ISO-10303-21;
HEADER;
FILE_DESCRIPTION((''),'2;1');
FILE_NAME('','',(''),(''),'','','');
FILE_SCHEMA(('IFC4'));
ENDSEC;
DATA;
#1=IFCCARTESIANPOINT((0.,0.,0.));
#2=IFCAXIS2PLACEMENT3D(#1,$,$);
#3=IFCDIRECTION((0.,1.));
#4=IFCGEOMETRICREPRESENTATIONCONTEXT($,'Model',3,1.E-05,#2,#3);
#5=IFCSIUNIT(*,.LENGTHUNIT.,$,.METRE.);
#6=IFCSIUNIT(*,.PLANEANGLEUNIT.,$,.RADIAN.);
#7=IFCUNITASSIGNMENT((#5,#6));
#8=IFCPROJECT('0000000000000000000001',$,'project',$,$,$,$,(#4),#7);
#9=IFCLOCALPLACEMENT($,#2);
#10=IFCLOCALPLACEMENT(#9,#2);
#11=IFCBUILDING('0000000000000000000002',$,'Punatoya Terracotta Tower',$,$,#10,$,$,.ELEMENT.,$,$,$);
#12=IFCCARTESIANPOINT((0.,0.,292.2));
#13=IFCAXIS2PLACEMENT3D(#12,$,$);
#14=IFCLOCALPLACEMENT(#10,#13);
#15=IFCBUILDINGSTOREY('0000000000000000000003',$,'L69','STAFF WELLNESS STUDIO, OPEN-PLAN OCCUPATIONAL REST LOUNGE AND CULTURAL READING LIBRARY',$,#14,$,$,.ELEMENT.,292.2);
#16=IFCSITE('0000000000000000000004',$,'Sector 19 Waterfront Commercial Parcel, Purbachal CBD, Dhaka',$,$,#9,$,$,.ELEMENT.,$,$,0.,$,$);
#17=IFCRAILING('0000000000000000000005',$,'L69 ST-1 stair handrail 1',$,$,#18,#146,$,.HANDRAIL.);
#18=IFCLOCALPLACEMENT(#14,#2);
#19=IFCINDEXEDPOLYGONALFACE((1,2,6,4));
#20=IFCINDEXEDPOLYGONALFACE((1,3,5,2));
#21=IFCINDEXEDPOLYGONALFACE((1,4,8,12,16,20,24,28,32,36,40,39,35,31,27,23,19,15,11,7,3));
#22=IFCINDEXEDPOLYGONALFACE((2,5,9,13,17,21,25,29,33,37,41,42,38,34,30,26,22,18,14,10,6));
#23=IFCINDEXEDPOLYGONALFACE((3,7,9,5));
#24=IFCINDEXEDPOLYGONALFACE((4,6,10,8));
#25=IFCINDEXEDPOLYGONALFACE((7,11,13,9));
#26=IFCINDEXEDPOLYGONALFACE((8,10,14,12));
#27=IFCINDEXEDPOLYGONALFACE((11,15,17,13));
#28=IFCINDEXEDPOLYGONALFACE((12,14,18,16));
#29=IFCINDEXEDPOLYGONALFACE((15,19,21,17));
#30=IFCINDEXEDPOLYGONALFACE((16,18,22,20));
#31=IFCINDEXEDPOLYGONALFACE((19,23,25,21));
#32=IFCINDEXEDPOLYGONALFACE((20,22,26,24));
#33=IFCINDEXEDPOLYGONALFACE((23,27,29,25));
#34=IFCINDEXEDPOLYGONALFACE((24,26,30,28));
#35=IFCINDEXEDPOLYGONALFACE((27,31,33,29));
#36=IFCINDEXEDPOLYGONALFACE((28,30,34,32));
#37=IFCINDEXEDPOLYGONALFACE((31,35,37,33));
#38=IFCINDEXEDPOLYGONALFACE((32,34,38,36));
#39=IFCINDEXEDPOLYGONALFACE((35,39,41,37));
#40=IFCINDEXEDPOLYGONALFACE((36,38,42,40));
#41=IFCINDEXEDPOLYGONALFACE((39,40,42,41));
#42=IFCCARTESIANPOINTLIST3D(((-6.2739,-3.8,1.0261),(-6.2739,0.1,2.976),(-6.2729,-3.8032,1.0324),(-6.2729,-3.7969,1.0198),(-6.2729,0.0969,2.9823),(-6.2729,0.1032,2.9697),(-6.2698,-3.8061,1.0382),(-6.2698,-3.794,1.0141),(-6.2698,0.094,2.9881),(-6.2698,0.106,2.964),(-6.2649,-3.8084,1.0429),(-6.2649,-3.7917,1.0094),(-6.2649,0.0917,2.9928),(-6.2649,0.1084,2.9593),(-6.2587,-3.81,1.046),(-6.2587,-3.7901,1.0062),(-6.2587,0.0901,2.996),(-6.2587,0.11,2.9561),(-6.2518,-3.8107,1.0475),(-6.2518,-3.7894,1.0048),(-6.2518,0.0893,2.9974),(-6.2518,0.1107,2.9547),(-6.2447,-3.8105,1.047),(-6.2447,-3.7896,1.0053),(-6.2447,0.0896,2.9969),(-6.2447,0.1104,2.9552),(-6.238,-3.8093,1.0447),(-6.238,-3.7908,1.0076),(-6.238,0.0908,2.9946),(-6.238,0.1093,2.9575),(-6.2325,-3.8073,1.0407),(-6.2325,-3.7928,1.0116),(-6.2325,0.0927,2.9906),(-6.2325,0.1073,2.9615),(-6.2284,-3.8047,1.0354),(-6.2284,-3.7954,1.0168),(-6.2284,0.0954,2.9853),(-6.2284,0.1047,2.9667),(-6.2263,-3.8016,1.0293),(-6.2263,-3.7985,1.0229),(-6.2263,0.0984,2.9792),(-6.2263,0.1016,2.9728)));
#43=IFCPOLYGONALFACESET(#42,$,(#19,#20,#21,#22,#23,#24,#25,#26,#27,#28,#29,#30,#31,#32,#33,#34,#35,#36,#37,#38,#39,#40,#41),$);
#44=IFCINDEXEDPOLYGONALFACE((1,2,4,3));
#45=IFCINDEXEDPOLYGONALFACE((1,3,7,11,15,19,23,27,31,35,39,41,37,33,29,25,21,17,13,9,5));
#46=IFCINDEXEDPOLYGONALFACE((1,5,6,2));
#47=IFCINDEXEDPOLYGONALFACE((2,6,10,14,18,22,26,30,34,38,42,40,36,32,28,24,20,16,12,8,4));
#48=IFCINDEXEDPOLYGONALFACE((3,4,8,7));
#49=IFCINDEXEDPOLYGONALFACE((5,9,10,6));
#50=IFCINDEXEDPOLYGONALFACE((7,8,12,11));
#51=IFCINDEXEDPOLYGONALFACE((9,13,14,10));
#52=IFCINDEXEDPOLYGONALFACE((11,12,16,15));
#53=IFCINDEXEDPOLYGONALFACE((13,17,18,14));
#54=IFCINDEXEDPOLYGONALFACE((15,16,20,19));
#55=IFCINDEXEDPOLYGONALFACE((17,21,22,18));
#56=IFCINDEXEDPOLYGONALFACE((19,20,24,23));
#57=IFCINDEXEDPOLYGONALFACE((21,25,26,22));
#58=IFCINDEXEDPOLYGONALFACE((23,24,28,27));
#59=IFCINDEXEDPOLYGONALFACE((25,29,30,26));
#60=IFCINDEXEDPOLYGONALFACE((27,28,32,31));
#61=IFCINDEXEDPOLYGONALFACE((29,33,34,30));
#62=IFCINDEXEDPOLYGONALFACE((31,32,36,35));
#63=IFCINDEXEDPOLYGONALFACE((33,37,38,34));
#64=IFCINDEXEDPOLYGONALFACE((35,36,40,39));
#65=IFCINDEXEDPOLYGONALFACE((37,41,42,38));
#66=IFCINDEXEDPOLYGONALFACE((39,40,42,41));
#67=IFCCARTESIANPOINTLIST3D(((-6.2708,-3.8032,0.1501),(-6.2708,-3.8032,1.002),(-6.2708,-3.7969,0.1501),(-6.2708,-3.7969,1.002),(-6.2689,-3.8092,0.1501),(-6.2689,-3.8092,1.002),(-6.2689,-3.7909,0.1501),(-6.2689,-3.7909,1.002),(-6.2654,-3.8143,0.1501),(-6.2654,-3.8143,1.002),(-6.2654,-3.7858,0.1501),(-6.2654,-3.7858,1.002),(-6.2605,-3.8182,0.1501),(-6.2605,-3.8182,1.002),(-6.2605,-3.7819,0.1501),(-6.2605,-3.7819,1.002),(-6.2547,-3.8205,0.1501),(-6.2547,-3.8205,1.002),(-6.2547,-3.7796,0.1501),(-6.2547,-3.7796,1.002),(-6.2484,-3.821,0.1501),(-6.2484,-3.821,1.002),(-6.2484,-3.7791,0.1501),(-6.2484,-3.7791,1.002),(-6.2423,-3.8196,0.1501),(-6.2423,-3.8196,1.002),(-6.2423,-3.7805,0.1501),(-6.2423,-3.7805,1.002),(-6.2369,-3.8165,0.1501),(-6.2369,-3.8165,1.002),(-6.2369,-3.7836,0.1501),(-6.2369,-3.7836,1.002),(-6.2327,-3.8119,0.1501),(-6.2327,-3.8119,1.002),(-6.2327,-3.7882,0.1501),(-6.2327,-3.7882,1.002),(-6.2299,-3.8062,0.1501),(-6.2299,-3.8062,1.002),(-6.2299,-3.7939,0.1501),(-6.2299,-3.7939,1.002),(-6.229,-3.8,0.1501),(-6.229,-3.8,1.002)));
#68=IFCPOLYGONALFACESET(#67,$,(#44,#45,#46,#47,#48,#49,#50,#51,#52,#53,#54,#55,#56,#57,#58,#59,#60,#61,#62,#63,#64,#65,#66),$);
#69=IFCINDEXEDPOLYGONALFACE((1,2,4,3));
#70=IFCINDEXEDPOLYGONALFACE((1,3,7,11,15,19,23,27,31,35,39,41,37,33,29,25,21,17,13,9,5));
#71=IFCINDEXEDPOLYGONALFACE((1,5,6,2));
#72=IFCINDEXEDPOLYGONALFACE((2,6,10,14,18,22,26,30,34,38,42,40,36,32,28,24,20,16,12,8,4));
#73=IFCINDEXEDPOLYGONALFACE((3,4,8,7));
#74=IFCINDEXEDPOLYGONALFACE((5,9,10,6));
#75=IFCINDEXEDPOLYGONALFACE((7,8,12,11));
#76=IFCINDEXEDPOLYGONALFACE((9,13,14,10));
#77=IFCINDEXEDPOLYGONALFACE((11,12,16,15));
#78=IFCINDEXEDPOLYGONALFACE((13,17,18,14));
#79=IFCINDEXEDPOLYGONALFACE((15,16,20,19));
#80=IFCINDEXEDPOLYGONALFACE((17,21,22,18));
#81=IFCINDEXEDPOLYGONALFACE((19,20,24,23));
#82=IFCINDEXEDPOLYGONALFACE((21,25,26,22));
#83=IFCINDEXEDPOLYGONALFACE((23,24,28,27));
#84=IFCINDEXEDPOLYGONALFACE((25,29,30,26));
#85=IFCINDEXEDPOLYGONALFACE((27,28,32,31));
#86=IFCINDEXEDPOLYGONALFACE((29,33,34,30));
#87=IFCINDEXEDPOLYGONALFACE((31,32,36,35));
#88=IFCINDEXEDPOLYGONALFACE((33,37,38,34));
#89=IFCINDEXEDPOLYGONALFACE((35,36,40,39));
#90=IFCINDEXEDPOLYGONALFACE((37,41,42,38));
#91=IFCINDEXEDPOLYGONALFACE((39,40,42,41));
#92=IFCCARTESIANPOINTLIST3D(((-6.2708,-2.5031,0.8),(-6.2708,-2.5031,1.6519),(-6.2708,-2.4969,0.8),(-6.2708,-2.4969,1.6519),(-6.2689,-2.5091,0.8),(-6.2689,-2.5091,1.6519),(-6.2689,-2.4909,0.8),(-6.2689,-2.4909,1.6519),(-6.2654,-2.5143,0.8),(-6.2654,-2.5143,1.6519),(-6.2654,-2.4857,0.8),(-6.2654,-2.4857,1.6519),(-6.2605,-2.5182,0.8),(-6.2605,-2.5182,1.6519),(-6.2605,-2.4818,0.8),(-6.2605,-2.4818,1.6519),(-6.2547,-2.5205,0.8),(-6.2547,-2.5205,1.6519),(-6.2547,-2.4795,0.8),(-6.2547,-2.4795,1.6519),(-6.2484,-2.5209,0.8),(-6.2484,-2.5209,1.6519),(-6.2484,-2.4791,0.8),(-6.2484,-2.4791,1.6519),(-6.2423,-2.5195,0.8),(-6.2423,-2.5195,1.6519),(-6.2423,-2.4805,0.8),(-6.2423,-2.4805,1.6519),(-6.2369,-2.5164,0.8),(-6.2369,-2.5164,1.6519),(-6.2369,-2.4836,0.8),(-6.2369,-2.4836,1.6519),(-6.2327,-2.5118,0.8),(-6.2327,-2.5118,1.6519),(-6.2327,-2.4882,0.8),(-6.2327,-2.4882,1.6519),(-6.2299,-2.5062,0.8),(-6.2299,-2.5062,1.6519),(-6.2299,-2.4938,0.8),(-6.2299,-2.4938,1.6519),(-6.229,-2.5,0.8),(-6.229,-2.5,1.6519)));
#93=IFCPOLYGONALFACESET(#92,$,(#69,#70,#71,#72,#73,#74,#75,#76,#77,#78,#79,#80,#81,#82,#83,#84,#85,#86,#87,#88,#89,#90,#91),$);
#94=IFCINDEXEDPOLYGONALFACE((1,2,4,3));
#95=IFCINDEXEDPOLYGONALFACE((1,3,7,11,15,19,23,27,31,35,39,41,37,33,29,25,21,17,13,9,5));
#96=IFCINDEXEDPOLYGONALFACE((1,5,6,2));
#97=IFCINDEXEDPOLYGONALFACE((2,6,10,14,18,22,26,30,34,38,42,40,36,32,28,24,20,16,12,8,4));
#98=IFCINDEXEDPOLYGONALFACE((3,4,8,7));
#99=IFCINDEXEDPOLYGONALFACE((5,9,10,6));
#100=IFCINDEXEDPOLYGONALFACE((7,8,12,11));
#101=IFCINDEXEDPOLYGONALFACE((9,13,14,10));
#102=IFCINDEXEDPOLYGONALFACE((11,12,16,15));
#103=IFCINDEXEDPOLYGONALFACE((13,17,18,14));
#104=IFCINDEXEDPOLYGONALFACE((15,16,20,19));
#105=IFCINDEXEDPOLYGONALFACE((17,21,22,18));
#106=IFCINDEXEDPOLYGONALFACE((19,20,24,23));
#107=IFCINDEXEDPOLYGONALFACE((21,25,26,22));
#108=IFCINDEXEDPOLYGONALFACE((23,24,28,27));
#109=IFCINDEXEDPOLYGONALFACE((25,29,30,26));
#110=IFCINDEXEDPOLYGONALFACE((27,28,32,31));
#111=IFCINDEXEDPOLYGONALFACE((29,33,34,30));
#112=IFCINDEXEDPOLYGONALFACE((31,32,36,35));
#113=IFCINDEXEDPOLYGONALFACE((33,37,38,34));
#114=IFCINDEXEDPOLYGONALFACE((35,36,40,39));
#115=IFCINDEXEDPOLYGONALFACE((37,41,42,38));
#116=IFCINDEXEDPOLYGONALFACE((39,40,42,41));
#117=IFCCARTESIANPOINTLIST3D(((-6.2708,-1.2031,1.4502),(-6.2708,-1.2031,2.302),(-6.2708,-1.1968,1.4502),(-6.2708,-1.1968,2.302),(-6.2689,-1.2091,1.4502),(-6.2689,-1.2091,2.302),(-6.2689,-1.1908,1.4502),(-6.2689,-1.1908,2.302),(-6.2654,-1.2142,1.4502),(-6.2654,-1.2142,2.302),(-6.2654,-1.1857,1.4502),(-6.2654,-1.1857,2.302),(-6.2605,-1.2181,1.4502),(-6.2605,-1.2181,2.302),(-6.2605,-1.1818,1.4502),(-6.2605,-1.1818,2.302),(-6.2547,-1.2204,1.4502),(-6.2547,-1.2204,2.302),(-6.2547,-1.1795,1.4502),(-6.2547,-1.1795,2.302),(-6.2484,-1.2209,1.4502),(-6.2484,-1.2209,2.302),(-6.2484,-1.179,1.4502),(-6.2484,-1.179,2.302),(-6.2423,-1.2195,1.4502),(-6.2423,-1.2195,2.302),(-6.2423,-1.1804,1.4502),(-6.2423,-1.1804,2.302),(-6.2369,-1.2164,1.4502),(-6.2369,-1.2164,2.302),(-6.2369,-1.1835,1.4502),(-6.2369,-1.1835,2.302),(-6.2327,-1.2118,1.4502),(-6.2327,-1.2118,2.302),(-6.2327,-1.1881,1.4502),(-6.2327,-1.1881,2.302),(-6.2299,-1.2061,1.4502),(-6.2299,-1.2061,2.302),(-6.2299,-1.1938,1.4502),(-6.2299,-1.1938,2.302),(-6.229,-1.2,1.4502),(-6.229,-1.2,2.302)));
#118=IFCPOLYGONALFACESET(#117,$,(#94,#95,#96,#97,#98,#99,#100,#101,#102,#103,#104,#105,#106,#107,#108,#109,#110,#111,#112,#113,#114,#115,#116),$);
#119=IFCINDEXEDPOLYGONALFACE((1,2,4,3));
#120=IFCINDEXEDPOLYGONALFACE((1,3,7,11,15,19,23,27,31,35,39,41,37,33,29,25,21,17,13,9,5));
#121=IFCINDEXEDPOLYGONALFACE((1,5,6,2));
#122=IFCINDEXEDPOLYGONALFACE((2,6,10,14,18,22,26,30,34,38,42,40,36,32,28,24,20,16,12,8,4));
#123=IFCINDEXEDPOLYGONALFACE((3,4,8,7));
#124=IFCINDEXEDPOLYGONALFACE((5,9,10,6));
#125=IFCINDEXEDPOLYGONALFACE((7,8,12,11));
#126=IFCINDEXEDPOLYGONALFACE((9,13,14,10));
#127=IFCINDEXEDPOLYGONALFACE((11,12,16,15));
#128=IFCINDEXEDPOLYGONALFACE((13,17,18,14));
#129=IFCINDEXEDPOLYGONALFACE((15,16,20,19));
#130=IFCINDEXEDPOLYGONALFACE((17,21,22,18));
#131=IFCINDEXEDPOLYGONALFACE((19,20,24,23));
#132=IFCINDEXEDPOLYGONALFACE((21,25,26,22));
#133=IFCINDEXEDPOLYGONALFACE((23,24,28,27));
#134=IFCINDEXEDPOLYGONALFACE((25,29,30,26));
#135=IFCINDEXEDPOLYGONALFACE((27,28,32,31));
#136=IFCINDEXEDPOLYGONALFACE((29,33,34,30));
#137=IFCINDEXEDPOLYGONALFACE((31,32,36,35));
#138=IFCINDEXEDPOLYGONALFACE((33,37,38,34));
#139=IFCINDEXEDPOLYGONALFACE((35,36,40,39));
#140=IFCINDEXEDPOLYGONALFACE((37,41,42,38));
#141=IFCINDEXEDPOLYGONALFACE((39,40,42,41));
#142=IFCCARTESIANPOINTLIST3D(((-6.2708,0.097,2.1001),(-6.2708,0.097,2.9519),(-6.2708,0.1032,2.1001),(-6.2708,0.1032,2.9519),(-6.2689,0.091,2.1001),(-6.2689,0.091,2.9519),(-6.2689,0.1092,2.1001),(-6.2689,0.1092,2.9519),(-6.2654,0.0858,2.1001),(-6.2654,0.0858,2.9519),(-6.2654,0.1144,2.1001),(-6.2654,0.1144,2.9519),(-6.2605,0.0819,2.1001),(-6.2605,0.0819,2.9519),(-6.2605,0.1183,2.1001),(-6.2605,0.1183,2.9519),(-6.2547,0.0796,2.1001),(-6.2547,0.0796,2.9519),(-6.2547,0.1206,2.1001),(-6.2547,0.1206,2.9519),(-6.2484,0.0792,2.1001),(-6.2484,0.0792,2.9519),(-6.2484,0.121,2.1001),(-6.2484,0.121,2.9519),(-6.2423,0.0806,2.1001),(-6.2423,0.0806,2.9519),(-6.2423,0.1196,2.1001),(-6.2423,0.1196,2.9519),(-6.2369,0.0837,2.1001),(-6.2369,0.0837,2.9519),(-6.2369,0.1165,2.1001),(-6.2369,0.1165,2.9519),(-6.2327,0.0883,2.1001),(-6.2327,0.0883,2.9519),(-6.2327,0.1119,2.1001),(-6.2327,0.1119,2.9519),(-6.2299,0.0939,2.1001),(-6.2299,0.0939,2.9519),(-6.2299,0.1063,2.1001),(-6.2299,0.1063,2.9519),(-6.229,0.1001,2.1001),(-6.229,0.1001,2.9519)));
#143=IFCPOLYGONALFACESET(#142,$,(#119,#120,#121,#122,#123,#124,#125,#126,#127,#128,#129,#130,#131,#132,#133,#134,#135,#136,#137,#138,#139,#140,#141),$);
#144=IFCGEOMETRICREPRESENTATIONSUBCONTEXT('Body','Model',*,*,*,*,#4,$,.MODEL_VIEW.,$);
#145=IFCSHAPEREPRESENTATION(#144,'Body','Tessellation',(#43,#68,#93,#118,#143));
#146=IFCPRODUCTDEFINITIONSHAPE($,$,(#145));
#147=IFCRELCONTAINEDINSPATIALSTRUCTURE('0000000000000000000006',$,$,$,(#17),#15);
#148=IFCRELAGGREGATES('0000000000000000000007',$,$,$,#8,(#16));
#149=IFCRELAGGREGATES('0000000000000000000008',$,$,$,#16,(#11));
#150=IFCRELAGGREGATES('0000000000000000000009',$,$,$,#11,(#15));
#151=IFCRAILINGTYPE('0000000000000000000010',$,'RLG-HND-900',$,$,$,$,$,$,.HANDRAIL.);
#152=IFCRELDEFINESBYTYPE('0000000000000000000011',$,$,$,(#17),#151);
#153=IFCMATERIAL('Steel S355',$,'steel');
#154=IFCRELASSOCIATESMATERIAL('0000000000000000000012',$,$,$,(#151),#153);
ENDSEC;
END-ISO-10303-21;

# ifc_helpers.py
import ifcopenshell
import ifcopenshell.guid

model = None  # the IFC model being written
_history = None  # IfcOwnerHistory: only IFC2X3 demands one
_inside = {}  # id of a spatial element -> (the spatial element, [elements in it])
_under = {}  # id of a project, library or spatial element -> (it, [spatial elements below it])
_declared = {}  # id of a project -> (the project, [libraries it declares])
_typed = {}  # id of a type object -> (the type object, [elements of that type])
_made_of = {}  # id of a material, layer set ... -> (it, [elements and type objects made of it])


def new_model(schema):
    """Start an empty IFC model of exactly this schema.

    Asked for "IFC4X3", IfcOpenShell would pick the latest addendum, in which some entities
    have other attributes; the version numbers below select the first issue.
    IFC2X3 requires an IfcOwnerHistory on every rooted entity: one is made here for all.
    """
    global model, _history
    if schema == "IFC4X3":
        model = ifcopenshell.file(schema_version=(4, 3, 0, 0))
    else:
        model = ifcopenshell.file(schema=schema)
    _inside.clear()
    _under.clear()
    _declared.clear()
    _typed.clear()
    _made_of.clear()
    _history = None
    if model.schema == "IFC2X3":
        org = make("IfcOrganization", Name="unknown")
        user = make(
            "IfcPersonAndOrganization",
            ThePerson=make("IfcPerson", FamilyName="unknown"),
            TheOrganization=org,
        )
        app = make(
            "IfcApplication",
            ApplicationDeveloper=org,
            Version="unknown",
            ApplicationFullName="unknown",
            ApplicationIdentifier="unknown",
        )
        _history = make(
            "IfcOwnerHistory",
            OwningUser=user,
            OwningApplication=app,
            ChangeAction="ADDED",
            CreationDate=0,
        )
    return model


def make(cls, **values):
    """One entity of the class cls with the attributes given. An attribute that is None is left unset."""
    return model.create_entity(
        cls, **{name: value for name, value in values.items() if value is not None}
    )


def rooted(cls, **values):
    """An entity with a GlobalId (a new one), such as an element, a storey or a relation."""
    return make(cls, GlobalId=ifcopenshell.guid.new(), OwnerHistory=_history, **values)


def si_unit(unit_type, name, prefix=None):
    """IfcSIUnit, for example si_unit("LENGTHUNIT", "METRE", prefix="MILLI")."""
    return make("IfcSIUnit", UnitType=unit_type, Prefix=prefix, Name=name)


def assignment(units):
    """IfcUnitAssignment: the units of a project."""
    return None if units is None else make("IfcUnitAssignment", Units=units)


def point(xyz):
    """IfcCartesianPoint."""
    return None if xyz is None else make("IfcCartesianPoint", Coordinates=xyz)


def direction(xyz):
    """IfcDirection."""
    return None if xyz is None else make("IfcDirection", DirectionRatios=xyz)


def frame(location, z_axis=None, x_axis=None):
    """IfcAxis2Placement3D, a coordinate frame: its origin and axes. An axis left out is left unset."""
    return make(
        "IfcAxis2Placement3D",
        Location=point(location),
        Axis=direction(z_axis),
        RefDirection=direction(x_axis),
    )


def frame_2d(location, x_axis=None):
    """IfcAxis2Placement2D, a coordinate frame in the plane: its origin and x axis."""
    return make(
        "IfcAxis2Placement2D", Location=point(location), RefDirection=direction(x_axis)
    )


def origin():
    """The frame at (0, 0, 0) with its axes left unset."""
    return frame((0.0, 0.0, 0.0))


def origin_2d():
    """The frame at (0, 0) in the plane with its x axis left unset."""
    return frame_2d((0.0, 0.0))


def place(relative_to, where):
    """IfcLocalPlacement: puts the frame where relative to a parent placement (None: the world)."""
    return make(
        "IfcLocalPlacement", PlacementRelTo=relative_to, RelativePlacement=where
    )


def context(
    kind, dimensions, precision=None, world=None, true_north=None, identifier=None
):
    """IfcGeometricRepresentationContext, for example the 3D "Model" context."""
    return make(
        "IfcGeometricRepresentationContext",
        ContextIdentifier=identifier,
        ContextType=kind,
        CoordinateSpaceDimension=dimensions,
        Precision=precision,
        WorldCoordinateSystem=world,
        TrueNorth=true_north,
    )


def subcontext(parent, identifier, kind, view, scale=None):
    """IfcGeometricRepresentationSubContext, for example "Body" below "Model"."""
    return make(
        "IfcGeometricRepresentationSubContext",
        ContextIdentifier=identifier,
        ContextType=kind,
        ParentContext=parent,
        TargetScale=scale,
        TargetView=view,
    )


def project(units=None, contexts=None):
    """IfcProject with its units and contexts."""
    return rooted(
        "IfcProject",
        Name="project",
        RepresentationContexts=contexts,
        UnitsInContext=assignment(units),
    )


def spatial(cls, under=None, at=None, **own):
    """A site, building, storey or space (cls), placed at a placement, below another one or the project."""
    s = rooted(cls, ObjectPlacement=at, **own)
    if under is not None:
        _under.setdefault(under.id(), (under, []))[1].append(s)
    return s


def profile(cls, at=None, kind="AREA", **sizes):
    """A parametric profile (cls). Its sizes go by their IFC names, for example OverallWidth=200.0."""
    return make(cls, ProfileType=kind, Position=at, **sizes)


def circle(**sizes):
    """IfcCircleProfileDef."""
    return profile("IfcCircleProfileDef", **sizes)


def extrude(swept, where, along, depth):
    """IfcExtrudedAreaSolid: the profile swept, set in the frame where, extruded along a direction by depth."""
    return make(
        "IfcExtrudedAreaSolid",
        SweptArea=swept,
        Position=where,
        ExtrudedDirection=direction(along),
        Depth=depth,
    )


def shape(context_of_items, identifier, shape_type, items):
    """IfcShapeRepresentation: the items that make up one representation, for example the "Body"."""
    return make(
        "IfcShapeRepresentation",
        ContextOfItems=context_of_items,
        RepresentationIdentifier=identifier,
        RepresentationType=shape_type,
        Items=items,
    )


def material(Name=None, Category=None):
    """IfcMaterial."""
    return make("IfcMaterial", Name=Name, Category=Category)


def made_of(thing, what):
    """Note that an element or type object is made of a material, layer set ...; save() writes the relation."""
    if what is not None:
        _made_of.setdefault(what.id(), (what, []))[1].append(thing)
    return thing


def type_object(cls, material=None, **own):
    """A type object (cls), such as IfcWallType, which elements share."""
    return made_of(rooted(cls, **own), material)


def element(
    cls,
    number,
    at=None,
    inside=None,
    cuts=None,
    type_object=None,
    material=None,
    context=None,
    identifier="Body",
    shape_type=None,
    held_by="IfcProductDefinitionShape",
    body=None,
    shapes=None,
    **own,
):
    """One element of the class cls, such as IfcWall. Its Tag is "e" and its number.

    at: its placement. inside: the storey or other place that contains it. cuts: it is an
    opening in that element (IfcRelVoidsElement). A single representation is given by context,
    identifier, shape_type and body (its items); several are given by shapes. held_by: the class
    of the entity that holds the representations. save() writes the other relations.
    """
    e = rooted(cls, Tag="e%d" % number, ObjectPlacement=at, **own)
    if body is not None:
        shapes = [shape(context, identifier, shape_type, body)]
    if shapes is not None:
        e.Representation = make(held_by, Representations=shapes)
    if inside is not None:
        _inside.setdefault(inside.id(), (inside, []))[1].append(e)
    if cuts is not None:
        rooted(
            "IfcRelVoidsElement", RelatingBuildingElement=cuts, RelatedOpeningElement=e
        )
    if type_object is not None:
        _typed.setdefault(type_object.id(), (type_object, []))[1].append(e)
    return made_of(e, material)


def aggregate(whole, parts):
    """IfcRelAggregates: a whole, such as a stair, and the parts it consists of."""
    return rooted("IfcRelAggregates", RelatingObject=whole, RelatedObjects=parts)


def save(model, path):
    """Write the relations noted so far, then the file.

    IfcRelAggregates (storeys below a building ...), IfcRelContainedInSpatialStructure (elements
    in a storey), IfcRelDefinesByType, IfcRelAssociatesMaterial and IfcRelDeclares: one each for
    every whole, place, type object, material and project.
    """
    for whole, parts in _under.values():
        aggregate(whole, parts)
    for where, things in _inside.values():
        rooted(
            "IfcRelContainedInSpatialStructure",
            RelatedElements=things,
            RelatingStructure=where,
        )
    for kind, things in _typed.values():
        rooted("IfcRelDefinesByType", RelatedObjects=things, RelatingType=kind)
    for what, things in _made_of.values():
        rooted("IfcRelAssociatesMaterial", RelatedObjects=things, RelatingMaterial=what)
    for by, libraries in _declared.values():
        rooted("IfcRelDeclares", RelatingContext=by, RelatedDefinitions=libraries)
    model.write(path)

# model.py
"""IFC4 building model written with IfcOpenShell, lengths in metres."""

from ifc_helpers import new_model, si_unit, direction, frame, origin, origin_2d, place, context, subcontext, project, spatial, circle, extrude, material, type_object, element, save


model = new_model("IFC4")

# Units and contexts
model_context = context("Model", 3, precision=1e-05, world=origin(), true_north=direction((0.0, 1.0)))
body_context = subcontext(model_context, "Body", "Model", "MODEL_VIEW")
ifc_project = project(units=[si_unit("LENGTHUNIT", "METRE"), si_unit("PLANEANGLEUNIT", "RADIAN")], contexts=[model_context])

# Site, building, storey
site_placement = place(None, origin())
site = spatial("IfcSite", under=ifc_project, at=site_placement, Name="Sector 19 Waterfront Commercial Parcel, Purbachal CBD, Dhaka", CompositionType="ELEMENT", RefElevation=0.0)
building_placement = place(site_placement, origin())
building = spatial("IfcBuilding", under=site, at=building_placement, Name="Punatoya Terracotta Tower", CompositionType="ELEMENT")
storey_placement = place(building_placement, frame((0.0, 0.0, 292.2)))
storey = spatial("IfcBuildingStorey", under=building, at=storey_placement, Name="L69", Description="STAFF WELLNESS STUDIO, OPEN-PLAN OCCUPATIONAL REST LOUNGE AND CULTURAL READING LIBRARY", CompositionType="ELEMENT", Elevation=292.2)

# Shared definitions
ifc_material_1 = material(Name="Steel S355", Category="steel")

# Railing
railing_type_1 = type_object("IfcRailingType", Name="RLG-HND-900", PredefinedType="HANDRAIL", material=ifc_material_1)
railing_1_placement = place(storey_placement, frame((-6.25, -3.8, 0.1501)))
element("IfcRailing", 1, at=railing_1_placement, inside=storey, type_object=railing_type_1, Name="L69 ST-1 stair handrail 1", PredefinedType="HANDRAIL", context=body_context, shape_type="SweptSolid", body=[
    extrude(circle(Radius=0.0239, at=origin_2d()), frame((0.0, 0.0, 0.876), z_axis=(0.0, 0.894438, 0.447191), x_axis=(-1.0, 0.0, 0.0)), (0.0, 0.0, 1.0), 4.3604),
    extrude(circle(Radius=0.021, at=origin_2d()), origin(), (0.0, 0.0, 1.0), 0.8518),
    extrude(circle(Radius=0.021, at=origin_2d()), frame((0.0, 1.3, 0.6499)), (0.0, 0.0, 1.0), 0.8518),
    extrude(circle(Radius=0.021, at=origin_2d()), frame((0.0, 2.6001, 1.3)), (0.0, 0.0, 1.0), 0.8518),
    extrude(circle(Radius=0.021, at=origin_2d()), frame((0.0, 3.9001, 1.95)), (0.0, 0.0, 1.0), 0.8518),
])

save(model, "model.ifc")
